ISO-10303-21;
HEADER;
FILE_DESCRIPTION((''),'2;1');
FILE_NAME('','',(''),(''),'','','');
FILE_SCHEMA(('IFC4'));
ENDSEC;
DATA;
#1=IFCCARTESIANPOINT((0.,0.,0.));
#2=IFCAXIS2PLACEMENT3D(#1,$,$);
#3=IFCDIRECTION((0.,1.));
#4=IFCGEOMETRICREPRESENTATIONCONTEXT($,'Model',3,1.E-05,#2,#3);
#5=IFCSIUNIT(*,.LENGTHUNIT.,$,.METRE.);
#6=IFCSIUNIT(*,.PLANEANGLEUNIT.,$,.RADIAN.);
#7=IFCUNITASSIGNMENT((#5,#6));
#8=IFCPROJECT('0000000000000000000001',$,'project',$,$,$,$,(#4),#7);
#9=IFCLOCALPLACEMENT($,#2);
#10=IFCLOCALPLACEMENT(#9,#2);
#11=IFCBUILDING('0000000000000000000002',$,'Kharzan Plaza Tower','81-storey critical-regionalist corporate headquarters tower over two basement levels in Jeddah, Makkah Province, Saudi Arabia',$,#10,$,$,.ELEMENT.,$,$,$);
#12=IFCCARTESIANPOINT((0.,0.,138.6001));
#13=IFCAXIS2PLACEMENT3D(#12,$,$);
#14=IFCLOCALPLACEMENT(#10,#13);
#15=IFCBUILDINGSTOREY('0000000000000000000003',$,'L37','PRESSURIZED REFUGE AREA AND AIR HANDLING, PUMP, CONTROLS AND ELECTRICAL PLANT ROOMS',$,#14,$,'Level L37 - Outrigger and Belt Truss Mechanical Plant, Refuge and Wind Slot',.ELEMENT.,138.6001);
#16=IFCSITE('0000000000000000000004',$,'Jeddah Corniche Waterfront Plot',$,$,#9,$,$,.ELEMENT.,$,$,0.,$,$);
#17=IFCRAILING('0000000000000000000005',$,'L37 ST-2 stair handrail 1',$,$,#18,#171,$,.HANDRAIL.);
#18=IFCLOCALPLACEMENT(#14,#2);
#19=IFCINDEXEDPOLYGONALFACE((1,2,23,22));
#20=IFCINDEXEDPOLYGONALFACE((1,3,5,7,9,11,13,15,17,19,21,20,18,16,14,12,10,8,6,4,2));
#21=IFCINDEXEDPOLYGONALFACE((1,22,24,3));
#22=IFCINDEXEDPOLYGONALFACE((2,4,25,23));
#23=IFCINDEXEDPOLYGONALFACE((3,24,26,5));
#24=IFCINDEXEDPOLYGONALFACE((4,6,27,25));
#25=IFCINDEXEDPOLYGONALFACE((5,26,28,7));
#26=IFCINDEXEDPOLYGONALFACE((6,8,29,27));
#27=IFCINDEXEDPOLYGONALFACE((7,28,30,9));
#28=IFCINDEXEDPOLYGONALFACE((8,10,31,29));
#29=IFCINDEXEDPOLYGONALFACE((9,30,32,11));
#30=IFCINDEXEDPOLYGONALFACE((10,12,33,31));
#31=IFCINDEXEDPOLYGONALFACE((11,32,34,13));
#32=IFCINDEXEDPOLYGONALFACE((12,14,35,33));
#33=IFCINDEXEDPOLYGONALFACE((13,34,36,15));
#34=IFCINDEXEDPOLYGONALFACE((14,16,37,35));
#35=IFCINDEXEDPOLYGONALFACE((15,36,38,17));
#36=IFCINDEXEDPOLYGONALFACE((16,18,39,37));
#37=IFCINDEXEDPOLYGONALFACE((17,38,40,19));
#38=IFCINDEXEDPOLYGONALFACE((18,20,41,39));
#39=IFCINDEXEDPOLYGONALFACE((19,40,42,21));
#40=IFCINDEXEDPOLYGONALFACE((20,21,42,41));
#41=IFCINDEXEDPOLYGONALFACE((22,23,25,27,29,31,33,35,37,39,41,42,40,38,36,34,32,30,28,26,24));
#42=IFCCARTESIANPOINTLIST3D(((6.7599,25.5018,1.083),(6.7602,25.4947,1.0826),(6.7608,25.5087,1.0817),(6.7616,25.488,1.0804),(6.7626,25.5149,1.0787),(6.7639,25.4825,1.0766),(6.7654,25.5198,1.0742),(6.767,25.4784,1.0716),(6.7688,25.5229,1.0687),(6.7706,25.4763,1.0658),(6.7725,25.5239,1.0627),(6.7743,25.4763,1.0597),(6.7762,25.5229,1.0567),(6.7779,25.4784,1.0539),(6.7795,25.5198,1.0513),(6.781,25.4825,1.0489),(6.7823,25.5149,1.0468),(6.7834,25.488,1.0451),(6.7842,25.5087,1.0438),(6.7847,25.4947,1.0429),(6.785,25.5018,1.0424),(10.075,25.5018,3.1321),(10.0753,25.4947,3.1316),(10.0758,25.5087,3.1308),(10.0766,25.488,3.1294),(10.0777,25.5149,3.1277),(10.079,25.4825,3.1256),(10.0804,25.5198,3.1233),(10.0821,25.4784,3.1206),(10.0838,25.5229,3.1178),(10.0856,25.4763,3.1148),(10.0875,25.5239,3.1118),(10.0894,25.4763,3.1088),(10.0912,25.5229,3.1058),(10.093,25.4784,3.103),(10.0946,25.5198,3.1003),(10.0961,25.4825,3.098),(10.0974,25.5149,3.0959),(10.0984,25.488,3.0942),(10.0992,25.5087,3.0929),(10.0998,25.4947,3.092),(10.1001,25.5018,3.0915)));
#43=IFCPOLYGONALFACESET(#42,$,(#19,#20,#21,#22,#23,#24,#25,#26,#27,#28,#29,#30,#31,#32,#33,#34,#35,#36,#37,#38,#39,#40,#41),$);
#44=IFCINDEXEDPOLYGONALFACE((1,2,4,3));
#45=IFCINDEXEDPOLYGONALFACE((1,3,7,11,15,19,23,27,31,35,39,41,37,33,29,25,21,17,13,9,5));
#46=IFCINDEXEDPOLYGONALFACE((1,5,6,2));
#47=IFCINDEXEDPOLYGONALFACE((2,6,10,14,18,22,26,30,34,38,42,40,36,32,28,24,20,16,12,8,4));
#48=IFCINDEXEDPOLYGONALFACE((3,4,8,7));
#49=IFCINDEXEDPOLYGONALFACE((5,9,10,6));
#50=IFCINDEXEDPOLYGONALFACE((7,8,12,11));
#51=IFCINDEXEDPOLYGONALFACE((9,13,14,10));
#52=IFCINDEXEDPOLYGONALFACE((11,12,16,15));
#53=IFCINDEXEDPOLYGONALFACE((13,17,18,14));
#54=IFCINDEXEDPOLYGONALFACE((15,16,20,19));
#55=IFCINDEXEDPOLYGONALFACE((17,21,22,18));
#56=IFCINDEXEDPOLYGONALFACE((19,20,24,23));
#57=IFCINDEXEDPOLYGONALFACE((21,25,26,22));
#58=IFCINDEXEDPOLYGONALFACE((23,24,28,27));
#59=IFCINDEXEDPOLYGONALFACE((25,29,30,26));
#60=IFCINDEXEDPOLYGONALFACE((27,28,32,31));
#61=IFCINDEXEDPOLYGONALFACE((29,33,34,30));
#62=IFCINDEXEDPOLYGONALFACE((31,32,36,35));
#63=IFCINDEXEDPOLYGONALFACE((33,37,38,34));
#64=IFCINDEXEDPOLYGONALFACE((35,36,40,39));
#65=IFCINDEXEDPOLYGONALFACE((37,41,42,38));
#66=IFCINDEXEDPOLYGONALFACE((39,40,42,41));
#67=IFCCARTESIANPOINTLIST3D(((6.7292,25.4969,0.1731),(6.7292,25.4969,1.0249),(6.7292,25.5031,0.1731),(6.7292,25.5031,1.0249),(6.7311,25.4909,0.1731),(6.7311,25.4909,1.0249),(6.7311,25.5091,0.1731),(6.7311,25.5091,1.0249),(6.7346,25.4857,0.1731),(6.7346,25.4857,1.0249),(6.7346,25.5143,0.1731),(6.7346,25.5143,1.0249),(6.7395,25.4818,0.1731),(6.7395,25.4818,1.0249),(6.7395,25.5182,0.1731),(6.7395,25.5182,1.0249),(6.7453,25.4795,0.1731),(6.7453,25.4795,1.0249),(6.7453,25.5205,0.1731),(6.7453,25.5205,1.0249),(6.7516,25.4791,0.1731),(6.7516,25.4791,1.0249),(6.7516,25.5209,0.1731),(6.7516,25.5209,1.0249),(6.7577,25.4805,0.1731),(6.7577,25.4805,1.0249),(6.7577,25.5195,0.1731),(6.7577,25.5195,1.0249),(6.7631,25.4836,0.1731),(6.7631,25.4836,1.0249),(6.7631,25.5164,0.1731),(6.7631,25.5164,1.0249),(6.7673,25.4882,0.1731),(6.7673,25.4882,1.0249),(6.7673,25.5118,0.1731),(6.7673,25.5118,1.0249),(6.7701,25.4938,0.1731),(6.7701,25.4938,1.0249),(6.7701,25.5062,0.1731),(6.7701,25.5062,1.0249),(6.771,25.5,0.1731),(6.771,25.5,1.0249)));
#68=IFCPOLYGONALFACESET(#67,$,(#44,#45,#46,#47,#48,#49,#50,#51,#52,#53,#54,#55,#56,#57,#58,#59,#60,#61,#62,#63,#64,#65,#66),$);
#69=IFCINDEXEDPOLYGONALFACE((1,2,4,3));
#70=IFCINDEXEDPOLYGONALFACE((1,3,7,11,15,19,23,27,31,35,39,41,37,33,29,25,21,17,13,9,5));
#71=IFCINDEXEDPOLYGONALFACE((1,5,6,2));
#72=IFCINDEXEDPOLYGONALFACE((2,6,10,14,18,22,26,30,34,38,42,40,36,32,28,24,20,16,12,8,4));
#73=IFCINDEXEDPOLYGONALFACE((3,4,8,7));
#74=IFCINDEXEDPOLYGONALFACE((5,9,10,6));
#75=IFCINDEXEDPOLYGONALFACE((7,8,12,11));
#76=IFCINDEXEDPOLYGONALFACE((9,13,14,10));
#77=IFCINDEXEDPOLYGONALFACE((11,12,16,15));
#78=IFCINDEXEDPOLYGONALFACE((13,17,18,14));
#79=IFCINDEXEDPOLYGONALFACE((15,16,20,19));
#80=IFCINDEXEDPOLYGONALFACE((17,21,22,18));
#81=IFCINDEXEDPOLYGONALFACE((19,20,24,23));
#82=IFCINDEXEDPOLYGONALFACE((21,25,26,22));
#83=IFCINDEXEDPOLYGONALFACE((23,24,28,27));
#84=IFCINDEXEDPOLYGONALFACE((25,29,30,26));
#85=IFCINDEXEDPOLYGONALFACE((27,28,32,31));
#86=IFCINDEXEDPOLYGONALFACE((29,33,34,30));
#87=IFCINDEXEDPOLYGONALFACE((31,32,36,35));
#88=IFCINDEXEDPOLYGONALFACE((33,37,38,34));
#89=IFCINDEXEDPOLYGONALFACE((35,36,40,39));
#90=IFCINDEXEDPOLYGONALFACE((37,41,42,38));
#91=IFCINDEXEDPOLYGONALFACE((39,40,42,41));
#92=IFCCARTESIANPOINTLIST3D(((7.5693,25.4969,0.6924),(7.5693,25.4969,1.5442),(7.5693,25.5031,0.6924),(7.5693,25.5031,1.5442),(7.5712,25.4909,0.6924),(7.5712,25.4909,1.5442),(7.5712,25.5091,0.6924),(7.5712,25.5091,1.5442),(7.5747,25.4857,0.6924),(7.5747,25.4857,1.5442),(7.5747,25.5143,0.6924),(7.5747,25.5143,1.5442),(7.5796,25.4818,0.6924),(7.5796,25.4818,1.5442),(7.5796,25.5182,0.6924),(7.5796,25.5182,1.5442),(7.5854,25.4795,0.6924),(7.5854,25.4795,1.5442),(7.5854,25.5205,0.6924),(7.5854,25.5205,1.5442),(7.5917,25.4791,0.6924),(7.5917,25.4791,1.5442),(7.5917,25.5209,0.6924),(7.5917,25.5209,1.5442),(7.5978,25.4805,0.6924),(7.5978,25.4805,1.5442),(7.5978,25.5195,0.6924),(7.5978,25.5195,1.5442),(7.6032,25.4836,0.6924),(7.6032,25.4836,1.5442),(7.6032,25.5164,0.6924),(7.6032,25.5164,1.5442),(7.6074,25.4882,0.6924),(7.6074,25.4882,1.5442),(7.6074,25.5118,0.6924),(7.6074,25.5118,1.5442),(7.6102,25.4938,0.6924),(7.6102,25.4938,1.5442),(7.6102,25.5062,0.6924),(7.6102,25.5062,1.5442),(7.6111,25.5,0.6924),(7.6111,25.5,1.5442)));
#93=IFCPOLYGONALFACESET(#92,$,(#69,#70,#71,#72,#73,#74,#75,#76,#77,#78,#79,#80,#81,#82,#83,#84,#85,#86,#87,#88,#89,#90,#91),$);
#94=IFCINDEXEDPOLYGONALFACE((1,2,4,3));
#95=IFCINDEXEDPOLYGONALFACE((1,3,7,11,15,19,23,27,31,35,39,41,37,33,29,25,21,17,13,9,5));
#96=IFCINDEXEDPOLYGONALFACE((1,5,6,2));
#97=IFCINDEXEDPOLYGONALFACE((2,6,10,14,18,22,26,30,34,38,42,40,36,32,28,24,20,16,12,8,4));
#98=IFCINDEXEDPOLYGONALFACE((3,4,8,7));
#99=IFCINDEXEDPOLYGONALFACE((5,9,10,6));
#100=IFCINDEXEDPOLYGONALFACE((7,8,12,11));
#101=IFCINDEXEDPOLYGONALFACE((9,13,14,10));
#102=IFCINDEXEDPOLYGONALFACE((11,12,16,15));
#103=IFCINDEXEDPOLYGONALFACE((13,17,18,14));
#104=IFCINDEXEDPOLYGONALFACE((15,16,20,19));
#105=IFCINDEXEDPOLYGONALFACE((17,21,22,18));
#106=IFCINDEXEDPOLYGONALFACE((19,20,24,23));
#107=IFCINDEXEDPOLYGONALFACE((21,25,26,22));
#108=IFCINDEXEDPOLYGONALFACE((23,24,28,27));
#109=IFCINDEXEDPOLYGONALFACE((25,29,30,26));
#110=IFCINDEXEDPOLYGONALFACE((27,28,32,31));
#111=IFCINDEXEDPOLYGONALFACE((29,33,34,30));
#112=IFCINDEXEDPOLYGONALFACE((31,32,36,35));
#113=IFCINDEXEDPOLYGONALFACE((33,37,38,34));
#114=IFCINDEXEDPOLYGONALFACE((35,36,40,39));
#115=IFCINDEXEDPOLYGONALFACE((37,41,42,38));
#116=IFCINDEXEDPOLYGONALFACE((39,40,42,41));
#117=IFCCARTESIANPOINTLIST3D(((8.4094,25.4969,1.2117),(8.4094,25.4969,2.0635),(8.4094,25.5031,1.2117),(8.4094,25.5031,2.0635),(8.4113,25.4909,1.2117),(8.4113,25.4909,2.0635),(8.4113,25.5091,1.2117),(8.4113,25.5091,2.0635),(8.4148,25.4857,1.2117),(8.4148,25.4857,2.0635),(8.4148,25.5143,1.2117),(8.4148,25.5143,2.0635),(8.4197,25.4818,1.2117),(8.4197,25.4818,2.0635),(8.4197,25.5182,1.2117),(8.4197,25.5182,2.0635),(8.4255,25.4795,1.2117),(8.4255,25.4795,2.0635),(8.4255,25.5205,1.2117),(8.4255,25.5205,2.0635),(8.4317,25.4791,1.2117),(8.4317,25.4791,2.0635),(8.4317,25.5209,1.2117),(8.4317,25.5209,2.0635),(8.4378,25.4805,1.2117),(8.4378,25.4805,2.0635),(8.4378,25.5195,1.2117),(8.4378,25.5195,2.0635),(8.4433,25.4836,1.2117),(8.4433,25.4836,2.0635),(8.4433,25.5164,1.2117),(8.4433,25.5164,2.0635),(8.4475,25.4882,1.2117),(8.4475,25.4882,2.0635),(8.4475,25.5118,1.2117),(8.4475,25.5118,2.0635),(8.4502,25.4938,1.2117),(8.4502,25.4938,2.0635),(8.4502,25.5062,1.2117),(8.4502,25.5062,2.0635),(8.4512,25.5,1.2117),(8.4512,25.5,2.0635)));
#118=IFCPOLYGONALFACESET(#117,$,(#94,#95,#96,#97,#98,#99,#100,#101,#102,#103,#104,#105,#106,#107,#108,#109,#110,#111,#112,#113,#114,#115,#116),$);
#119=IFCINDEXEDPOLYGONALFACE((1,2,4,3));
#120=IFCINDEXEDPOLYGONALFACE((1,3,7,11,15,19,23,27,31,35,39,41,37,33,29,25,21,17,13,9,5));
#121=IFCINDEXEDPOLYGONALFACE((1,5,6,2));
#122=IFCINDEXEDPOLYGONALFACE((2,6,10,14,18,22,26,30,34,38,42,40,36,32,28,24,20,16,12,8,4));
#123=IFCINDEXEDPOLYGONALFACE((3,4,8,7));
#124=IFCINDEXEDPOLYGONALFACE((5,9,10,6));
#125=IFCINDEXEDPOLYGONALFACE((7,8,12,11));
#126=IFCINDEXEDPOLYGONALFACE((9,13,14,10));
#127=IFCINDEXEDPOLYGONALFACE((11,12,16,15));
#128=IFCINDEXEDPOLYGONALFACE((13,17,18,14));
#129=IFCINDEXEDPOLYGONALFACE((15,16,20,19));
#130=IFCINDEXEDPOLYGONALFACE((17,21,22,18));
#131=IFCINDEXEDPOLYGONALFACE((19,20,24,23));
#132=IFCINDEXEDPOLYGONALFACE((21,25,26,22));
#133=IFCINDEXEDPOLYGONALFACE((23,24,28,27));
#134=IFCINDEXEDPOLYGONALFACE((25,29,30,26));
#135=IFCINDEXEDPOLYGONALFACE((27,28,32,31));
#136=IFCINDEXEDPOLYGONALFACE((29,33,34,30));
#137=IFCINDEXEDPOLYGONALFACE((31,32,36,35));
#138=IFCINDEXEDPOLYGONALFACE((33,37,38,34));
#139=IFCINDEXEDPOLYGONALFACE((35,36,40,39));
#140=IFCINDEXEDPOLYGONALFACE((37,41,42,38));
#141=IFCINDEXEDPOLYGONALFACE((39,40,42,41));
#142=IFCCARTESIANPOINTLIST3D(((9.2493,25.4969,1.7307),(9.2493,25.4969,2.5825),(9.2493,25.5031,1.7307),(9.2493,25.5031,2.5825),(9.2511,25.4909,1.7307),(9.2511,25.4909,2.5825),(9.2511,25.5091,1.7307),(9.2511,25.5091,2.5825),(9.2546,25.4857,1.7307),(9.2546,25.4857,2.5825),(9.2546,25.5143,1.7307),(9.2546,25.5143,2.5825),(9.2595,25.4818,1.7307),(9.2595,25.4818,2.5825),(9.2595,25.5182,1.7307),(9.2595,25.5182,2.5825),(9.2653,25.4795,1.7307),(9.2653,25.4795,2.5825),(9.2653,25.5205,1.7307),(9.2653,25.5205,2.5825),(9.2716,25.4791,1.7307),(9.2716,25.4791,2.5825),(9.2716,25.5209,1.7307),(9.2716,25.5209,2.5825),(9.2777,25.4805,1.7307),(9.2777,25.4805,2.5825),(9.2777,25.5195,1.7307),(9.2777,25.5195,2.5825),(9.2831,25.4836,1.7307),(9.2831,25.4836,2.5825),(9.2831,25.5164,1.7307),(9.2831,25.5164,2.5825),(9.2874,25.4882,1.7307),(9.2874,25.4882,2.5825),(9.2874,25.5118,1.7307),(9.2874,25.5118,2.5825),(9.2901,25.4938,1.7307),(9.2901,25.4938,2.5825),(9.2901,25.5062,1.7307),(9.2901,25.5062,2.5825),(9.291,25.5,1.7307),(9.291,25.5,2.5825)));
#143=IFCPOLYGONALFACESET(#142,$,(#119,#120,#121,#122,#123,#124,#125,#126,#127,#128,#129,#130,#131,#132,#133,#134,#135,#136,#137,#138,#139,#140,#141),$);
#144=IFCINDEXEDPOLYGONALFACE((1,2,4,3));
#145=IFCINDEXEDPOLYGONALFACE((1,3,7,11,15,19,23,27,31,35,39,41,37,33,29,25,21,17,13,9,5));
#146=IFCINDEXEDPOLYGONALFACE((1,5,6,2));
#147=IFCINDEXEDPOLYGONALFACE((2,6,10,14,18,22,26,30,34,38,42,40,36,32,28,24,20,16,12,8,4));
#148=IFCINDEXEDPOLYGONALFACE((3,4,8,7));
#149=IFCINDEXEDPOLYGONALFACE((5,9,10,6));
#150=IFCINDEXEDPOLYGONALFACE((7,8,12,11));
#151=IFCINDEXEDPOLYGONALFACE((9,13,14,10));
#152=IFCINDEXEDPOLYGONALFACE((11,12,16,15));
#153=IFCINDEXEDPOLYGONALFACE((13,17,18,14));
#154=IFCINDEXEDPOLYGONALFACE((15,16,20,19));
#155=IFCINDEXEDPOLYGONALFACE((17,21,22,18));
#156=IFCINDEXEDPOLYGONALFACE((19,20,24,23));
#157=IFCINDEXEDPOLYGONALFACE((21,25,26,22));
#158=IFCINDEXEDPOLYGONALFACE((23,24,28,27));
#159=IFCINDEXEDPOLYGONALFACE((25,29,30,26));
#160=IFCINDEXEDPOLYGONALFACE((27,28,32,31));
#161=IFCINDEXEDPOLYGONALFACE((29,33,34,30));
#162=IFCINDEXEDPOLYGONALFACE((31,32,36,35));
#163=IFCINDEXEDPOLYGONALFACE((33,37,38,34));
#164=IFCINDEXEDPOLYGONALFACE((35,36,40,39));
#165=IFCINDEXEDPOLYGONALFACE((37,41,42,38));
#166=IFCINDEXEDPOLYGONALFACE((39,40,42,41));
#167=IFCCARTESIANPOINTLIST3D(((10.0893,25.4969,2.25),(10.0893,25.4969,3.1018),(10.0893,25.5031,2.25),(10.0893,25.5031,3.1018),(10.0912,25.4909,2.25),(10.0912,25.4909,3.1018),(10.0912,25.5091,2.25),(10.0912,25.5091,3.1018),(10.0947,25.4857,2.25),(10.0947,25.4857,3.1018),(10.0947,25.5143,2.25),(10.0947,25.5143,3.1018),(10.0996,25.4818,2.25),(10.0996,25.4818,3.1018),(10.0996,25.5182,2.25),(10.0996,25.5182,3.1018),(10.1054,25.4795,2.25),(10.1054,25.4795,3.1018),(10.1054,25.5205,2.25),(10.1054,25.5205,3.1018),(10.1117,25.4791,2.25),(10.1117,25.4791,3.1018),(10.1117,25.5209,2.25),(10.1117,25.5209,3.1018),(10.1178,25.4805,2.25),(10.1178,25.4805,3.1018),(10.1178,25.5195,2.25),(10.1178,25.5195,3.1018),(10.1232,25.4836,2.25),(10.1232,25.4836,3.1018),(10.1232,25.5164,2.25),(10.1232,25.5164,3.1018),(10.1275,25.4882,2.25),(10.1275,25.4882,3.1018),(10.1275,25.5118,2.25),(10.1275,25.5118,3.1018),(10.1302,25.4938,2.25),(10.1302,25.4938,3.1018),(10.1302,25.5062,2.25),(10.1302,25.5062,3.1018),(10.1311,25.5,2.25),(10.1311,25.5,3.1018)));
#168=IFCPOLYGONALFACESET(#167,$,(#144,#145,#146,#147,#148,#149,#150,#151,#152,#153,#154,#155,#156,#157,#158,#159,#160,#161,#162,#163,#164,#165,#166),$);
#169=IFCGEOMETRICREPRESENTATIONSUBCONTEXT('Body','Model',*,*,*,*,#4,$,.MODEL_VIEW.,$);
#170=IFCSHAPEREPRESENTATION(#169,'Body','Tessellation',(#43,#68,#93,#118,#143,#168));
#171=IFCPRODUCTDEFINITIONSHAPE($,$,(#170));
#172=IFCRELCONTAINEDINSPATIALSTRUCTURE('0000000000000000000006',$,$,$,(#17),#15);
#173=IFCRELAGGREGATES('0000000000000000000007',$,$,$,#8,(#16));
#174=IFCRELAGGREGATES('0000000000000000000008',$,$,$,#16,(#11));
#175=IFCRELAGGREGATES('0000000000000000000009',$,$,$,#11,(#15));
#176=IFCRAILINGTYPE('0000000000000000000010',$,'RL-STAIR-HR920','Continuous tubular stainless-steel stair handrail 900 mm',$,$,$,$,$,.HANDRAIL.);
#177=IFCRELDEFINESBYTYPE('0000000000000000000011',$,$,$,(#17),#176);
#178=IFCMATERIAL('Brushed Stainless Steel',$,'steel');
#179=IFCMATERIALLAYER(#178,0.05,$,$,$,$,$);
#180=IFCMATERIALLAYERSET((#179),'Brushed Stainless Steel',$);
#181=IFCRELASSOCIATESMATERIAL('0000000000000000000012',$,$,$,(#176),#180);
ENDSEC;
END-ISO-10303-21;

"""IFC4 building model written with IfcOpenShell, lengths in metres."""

from ifc_helpers import new_model, si_unit, direction, frame, origin, origin_2d, place, context, subcontext, project, spatial, circle, extrude, source, transform, mapped, material, layer, layer_set, type_object, element, save


model = new_model("IFC4")

# Units and contexts
model_context = context("Model", 3, precision=1e-05, world=origin(), true_north=direction((0.0, 1.0)))
body_context = subcontext(model_context, "Body", "Model", "MODEL_VIEW")
ifc_project = project(units=[si_unit("LENGTHUNIT", "METRE"), si_unit("PLANEANGLEUNIT", "RADIAN")], contexts=[model_context])

# Site, building, storey
site_placement = place(None, origin())
site = spatial("IfcSite", under=ifc_project, at=site_placement, Name="Jeddah Corniche Waterfront Plot", CompositionType="ELEMENT", RefElevation=0.0)
building_placement = place(site_placement, origin())
building = spatial("IfcBuilding", under=site, at=building_placement, Name="Kharzan Plaza Tower", Description="81-storey critical-regionalist corporate headquarters tower over two basement levels in Jeddah, Makkah Province, Saudi Arabia", CompositionType="ELEMENT")
storey_placement = place(building_placement, frame((0.0, 0.0, 138.6001)))
storey = spatial("IfcBuildingStorey", under=building, at=storey_placement, Name="L37", Description="PRESSURIZED REFUGE AREA AND AIR HANDLING, PUMP, CONTROLS AND ELECTRICAL PLANT ROOMS", LongName="Level L37 - Outrigger and Belt Truss Mechanical Plant, Refuge and Wind Slot", CompositionType="ELEMENT", Elevation=138.6001)

# Shared definitions
ifc_material_1 = material(Name="Brushed Stainless Steel", Category="steel")

# Railing
ifc_layer_1 = layer(ifc_material_1, 0.05)
ifc_layer_set_1 = layer_set([ifc_layer_1], Name="Brushed Stainless Steel")
railing_type = type_object("IfcRailingType", Name="RL-STAIR-HR920", Description="Continuous tubular stainless-steel stair handrail 900 mm", PredefinedType="HANDRAIL", material=ifc_layer_set_1)
shared_shape_1 = source(origin(), body_context, "Body", "SweptSolid", [
    extrude(circle(Radius=0.0239, at=origin_2d()), frame((0.0225, 0.0, 0.8896), z_axis=(0.850623, 0.0, 0.525776), x_axis=(0.0, 1.0, 0.0)), (0.0, 0.0, 1.0), 3.8972),
    extrude(circle(Radius=0.021, at=origin_2d()), origin(), (0.0, 0.0, 1.0), 0.8518),
    extrude(circle(Radius=0.021, at=origin_2d()), frame((0.8401, 0.0, 0.5193)), (0.0, 0.0, 1.0), 0.8518),
    extrude(circle(Radius=0.021, at=origin_2d()), frame((1.6802, 0.0, 1.0386)), (0.0, 0.0, 1.0), 0.8518),
    extrude(circle(Radius=0.021, at=origin_2d()), frame((2.52, 0.0, 1.5576)), (0.0, 0.0, 1.0), 0.8518),
    extrude(circle(Radius=0.021, at=origin_2d()), frame((3.3601, 0.0, 2.0769)), (0.0, 0.0, 1.0), 0.8518),
])
railing_placement = place(storey_placement, frame((6.75, 25.5, 0.1731)))
element("IfcRailing", 1, at=railing_placement, inside=storey, type_object=railing_type, Name="L37 ST-2 stair handrail 1", PredefinedType="HANDRAIL", context=body_context, shape_type="MappedRepresentation", body=[
    mapped(shared_shape_1, transform((0.0, 0.0, 0.0), x_axis=(1.0, 0.0, 0.0), y_axis=(0.0, 1.0, 0.0), z_axis=(0.0, 0.0, 1.0))),
])

save(model, "model.ifc")
